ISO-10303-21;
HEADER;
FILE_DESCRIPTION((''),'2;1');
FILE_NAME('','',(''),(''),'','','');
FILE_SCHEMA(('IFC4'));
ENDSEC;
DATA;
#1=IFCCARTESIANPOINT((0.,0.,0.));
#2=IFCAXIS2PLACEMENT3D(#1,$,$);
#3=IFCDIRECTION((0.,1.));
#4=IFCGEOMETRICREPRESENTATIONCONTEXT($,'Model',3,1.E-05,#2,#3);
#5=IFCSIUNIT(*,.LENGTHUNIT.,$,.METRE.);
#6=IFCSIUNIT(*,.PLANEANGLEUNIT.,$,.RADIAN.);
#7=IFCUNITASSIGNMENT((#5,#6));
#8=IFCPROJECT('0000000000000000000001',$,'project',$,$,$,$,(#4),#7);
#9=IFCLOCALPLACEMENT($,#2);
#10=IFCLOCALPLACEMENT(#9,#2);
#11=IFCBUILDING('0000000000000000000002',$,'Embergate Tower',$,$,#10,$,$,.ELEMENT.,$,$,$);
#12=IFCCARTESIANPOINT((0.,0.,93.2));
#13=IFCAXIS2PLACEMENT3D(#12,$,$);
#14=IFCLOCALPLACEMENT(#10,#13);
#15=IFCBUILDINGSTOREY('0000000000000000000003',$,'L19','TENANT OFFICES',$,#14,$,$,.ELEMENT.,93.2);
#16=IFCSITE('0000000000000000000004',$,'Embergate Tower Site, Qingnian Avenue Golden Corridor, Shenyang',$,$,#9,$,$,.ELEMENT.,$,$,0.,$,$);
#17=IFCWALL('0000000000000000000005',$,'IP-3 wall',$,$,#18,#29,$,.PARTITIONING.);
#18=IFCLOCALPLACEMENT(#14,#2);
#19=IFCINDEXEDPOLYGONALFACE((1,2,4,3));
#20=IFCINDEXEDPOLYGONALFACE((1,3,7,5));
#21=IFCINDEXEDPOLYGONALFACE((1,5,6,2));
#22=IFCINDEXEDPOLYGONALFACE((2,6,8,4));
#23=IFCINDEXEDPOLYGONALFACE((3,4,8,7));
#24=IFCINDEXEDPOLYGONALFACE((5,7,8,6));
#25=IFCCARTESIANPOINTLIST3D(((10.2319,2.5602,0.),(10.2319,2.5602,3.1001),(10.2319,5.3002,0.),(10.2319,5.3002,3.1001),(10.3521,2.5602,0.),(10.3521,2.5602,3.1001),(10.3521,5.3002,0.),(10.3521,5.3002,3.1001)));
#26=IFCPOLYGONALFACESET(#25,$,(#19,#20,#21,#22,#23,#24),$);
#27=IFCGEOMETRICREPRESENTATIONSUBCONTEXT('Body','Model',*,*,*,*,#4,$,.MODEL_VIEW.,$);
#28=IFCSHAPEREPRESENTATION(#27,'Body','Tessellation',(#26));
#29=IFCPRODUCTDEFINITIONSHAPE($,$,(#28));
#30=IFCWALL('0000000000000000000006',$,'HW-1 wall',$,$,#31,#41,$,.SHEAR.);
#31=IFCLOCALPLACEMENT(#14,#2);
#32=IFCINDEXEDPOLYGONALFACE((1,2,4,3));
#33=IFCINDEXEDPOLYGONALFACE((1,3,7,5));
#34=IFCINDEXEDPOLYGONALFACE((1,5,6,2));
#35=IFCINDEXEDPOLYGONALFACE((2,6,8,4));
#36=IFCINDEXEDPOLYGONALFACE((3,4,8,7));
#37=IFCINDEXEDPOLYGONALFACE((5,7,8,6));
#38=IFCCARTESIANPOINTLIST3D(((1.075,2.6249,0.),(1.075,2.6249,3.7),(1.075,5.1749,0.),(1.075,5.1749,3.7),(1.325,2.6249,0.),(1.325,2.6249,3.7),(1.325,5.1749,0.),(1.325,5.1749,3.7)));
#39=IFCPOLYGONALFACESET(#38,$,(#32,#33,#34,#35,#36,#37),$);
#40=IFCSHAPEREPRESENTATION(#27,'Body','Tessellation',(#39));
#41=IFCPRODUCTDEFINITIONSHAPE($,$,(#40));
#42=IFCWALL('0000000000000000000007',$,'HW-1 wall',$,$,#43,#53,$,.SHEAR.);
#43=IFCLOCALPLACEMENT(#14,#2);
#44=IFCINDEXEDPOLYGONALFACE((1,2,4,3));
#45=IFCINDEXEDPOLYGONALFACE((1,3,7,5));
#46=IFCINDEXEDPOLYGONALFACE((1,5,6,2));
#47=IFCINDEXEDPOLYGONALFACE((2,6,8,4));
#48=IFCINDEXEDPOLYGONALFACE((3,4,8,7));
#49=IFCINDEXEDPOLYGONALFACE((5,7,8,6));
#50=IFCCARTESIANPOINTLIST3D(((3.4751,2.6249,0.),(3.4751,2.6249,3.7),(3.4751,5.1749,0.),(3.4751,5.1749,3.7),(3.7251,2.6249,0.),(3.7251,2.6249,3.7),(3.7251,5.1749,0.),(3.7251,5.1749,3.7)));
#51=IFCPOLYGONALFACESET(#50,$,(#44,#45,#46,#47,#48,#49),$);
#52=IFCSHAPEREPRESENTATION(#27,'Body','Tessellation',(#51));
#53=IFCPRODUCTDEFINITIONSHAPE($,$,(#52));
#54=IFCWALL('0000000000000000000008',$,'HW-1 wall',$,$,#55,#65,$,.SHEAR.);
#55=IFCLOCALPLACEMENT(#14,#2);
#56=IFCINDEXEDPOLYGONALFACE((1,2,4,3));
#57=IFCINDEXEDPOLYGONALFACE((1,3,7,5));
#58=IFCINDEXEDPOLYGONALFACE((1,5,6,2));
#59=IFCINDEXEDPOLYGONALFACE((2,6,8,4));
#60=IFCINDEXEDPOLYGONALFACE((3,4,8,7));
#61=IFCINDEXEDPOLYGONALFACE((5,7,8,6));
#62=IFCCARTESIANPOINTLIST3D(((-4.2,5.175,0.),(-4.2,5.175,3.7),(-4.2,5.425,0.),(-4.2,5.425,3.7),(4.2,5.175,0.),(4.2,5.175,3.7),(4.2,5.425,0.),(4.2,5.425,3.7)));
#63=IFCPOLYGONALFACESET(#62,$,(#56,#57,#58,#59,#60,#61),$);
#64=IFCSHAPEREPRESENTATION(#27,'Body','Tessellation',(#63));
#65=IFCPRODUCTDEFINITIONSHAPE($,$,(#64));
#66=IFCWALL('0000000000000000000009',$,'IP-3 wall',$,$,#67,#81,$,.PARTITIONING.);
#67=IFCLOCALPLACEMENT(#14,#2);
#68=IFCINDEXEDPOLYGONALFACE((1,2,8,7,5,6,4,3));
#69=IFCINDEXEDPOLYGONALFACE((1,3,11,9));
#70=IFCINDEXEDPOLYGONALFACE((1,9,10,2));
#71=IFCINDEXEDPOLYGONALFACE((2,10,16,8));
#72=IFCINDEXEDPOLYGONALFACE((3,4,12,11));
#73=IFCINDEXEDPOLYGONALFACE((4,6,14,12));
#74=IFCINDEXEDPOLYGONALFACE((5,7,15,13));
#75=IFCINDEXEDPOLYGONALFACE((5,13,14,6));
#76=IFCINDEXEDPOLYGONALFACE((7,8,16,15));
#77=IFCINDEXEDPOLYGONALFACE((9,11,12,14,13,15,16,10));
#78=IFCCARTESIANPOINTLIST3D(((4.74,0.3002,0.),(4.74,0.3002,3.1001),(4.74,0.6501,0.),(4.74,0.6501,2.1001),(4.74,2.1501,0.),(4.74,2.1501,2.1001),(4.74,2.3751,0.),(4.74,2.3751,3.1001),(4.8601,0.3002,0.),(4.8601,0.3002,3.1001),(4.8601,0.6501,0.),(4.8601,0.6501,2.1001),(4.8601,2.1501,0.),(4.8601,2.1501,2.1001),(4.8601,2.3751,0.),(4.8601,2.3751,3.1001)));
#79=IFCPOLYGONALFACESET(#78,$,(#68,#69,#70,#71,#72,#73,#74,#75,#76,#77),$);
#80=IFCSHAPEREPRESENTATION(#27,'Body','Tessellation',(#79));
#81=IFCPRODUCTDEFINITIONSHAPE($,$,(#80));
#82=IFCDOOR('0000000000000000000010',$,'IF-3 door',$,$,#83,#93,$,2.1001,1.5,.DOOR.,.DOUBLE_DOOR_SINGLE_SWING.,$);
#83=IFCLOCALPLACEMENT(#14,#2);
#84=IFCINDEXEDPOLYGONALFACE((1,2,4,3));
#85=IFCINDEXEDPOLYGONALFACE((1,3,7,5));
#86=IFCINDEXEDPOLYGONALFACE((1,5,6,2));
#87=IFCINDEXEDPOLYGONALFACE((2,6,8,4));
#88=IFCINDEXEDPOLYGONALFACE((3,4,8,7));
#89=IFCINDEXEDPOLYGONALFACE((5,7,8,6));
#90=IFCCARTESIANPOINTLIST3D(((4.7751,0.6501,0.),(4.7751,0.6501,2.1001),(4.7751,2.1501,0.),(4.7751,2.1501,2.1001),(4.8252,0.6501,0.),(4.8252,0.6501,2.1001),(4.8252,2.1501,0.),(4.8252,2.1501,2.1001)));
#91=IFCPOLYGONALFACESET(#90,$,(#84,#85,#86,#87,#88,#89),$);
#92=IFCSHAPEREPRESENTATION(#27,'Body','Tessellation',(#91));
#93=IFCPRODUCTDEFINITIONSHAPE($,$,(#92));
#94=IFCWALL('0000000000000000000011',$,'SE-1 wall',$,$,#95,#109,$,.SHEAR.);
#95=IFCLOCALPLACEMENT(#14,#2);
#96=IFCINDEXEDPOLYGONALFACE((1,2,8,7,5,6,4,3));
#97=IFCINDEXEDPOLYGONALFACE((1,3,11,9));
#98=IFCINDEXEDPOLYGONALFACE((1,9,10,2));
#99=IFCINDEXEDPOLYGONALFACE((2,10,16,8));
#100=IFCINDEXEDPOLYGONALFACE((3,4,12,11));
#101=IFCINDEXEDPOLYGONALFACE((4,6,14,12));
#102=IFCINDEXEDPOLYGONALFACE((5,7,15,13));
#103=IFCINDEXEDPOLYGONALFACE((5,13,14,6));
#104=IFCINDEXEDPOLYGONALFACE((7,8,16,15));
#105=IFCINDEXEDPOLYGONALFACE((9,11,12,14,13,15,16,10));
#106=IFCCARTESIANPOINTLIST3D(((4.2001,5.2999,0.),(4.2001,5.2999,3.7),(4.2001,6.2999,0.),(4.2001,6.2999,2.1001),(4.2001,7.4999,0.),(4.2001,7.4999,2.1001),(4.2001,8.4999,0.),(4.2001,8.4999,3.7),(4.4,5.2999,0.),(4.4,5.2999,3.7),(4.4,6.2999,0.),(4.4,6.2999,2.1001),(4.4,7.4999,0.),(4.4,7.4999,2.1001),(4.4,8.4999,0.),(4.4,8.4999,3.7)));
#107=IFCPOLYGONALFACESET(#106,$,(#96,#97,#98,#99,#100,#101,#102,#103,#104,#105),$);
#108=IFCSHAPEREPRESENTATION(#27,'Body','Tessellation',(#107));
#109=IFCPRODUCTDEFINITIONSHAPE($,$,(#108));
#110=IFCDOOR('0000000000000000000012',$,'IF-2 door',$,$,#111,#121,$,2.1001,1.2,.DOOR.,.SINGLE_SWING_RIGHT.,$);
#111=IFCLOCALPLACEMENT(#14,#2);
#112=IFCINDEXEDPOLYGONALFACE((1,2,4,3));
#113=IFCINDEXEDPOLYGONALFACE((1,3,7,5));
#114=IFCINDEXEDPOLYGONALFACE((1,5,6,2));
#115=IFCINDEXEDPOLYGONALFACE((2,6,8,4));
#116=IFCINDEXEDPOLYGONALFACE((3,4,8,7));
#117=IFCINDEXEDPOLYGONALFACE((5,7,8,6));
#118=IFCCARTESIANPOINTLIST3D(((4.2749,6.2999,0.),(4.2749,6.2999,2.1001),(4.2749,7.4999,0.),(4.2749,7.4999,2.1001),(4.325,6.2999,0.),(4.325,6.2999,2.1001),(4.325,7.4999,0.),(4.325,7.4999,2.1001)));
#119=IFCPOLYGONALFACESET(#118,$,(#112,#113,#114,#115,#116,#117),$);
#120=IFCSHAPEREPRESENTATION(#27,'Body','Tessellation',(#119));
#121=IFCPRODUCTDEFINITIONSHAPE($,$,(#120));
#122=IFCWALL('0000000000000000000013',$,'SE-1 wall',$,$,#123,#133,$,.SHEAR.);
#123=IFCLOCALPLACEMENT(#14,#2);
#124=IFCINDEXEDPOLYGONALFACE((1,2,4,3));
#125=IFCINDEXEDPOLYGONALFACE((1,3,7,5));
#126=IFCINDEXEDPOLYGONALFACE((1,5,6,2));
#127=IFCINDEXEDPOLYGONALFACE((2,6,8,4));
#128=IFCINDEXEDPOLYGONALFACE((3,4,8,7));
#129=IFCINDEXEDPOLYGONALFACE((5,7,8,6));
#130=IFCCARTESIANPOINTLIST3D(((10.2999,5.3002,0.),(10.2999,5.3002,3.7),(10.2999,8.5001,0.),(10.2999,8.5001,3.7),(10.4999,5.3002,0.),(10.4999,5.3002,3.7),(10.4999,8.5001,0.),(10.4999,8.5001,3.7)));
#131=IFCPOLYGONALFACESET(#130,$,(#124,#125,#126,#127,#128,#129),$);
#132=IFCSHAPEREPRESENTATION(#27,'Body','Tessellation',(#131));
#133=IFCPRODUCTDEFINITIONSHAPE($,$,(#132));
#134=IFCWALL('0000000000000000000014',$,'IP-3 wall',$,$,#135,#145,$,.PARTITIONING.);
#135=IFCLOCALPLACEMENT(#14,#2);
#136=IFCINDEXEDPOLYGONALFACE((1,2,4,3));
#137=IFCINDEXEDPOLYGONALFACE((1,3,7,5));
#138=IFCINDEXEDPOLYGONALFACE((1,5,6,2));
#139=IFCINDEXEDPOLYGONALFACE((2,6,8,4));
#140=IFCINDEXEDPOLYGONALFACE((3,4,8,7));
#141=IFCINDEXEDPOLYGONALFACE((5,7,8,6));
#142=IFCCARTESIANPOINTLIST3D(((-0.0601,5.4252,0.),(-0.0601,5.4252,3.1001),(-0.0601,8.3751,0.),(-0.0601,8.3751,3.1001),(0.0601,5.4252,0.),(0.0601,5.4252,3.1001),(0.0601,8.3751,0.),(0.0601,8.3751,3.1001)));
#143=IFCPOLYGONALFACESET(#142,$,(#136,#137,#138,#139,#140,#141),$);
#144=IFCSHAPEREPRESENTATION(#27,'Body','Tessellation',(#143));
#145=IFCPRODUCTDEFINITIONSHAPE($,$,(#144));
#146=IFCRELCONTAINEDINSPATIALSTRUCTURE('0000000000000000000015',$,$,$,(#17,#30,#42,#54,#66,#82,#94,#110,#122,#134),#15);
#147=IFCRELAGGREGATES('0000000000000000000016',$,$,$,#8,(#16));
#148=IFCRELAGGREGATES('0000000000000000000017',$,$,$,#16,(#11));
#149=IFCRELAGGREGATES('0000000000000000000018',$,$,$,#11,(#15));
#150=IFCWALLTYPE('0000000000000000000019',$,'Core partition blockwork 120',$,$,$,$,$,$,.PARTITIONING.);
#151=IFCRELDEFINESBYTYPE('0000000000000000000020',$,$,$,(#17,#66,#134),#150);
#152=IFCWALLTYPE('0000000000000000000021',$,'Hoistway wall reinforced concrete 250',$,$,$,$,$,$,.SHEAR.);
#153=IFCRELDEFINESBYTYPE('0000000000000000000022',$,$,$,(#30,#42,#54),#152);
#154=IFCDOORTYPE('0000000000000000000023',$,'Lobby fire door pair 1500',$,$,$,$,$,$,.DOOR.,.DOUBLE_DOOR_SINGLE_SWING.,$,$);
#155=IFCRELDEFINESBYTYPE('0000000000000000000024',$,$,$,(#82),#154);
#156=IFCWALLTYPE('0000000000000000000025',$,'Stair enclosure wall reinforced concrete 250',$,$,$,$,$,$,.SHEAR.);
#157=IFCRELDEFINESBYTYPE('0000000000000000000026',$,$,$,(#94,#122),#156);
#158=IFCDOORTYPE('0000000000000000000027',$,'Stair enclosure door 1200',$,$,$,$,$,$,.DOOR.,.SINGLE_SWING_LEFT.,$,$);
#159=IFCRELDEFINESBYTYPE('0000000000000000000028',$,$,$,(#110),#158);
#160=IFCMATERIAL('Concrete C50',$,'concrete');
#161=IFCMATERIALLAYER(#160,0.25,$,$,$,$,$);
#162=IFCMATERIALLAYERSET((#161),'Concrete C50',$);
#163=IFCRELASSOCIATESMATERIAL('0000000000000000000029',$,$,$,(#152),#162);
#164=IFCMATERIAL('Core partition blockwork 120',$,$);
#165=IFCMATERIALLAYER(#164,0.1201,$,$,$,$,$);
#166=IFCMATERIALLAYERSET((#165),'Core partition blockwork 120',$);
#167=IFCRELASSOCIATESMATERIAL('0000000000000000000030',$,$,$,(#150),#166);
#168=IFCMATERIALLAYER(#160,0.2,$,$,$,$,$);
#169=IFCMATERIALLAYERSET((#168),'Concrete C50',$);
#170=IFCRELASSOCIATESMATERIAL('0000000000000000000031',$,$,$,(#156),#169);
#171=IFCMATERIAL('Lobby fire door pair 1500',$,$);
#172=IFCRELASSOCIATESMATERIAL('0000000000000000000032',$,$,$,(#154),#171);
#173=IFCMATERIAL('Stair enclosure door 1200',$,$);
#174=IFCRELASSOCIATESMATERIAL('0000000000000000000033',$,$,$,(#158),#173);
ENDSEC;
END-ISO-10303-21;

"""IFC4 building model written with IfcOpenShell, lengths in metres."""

from ifc_helpers import new_model, si_unit, direction, frame, frame_2d, origin, place, context, subcontext, project, spatial, rectangle, extrude, source, transform, mapped, material, layer, layer_set, type_object, element, fill, save


model = new_model("IFC4")

# Units and contexts
model_context = context("Model", 3, precision=1e-05, world=origin(), true_north=direction((0.0, 1.0)))
body_context = subcontext(model_context, "Body", "Model", "MODEL_VIEW")
ifc_project = project(units=[si_unit("LENGTHUNIT", "METRE"), si_unit("PLANEANGLEUNIT", "RADIAN")], contexts=[model_context])

# Site, building, storey
site_placement = place(None, origin())
site = spatial("IfcSite", under=ifc_project, at=site_placement, Name="Embergate Tower Site, Qingnian Avenue Golden Corridor, Shenyang", CompositionType="ELEMENT", RefElevation=0.0)
building_placement = place(site_placement, origin())
building = spatial("IfcBuilding", under=site, at=building_placement, Name="Embergate Tower", CompositionType="ELEMENT")
storey_placement = place(building_placement, frame((0.0, 0.0, 93.2)))
storey = spatial("IfcBuildingStorey", under=building, at=storey_placement, Name="L19", Description="TENANT OFFICES", CompositionType="ELEMENT", Elevation=93.2)

# Shared definitions
ifc_material_1 = material(Name="Concrete C50", Category="concrete")
ifc_layer_1 = layer(ifc_material_1, 0.25)
ifc_layer_set_1 = layer_set([ifc_layer_1], Name="Concrete C50")
wall_type_1 = type_object("IfcWallType", Name="Hoistway wall reinforced concrete 250", PredefinedType="SHEAR", material=ifc_layer_set_1)

# Shared definitions
ifc_material_2 = material(Name="Core partition blockwork 120")
ifc_layer_2 = layer(ifc_material_2, 0.1201)
ifc_layer_set_2 = layer_set([ifc_layer_2], Name="Core partition blockwork 120")
wall_type_2 = type_object("IfcWallType", Name="Core partition blockwork 120", PredefinedType="PARTITIONING", material=ifc_layer_set_2)

# Walls
ifc_layer_3 = layer(ifc_material_1, 0.2)
ifc_layer_set_3 = layer_set([ifc_layer_3], Name="Concrete C50")
wall_type_3 = type_object("IfcWallType", Name="Stair enclosure wall reinforced concrete 250", PredefinedType="SHEAR", material=ifc_layer_set_3)
shared_shape_1 = source(origin(), body_context, "Body", "SweptSolid", [
    extrude(rectangle(XDim=2.74, YDim=0.1201, at=frame_2d((1.3701, 0.0))), origin(), (0.0, 0.0, 1.0), 3.1001),
])
for number, where, z_axis, x_axis, name in (
    (1, (10.292, 2.5601, 0.0), (0.0, 0.0, 1.0), (0.0, 1.0, 0.0), "IP-3 wall"),
):
    element("IfcWall", number, at=place(storey_placement, frame(where, z_axis=z_axis, x_axis=x_axis)), inside=storey, type_object=wall_type_2, Name=name, PredefinedType="PARTITIONING", context=body_context, shape_type="MappedRepresentation", body=[
        mapped(shared_shape_1, transform((0.0, 0.0, 0.0))),
    ])
shared_shape_2 = source(origin(), body_context, "Body", "SweptSolid", [
    extrude(rectangle(XDim=2.55, YDim=0.25, at=frame_2d((1.2749, 0.0))), origin(), (0.0, 0.0, 1.0), 3.7),
])
for number, where, z_axis, x_axis, name in (
    (2, (1.2, 2.625, 0.0), (0.0, 0.0, 1.0), (0.0, 1.0, 0.0), "HW-1 wall"),
    (3, (3.6001, 2.625, 0.0), (0.0, 0.0, 1.0), (0.0, 1.0, 0.0), "HW-1 wall"),
):
    element("IfcWall", number, at=place(storey_placement, frame(where, z_axis=z_axis, x_axis=x_axis)), inside=storey, type_object=wall_type_1, Name=name, PredefinedType="SHEAR", context=body_context, shape_type="MappedRepresentation", body=[
        mapped(shared_shape_2, transform((0.0, 0.0, 0.0))),
    ])
shared_shape_3 = source(origin(), body_context, "Body", "SweptSolid", [
    extrude(rectangle(XDim=8.3999, YDim=0.25, at=frame_2d((4.2, 0.0))), origin(), (0.0, 0.0, 1.0), 3.7),
])
wall_1_placement = place(storey_placement, frame((4.2, 5.3, 0.0), z_axis=(0.0, 0.0, 1.0), x_axis=(-1.0, 0.0, 0.0)))
element("IfcWall", 4, at=wall_1_placement, inside=storey, type_object=wall_type_1, Name="HW-1 wall", PredefinedType="SHEAR", context=body_context, shape_type="MappedRepresentation", body=[
    mapped(shared_shape_3, transform((0.0, 0.0, 0.0))),
])

# Walls, openings, doors
shared_shape_4 = source(origin(), body_context, "Body", "SweptSolid", [
    extrude(rectangle(XDim=2.075, YDim=0.1201, at=frame_2d((1.0376, 0.0))), origin(), (0.0, 0.0, 1.0), 3.1001),
])
wall_2_placement = place(storey_placement, frame((4.8, 0.3, 0.0), z_axis=(0.0, 0.0, 1.0), x_axis=(0.0, 1.0, 0.0)))
wall_2 = element("IfcWall", 5, at=wall_2_placement, inside=storey, type_object=wall_type_2, Name="IP-3 wall", PredefinedType="PARTITIONING", context=body_context, shape_type="MappedRepresentation", body=[
    mapped(shared_shape_4, transform((0.0, 0.0, 0.0))),
])
shared_shape_5 = source(origin(), body_context, "Body", "SweptSolid", [
    extrude(rectangle(XDim=1.5, YDim=2.1001, at=frame_2d((0.75, 1.05))), frame((0.0, 0.0701, 0.0), z_axis=(0.0, -1.0, 0.0), x_axis=(1.0, 0.0, 0.0)), (0.0, 0.0, 1.0), 0.1401),
])
opening_1_placement = place(wall_2_placement, frame((0.3501, 0.0, 0.0)))
opening_1 = element("IfcOpeningElement", 6, at=opening_1_placement, cuts=wall_2, PredefinedType="OPENING", context=body_context, shape_type="MappedRepresentation", body=[
    mapped(shared_shape_5, transform((0.0, 0.0, 0.0))),
])
ifc_material_3 = material(Name="Lobby fire door pair 1500")
door_type_1 = type_object("IfcDoorType", Name="Lobby fire door pair 1500", OperationType="DOUBLE_DOOR_SINGLE_SWING", PredefinedType="DOOR", material=ifc_material_3)
shared_shape_6 = source(origin(), body_context, "Body", "SweptSolid", [
    extrude(rectangle(XDim=1.5, YDim=2.1001, at=frame_2d((0.75, 1.05))), frame((0.0, 0.0249, 0.0), z_axis=(0.0, -1.0, 0.0), x_axis=(1.0, 0.0, 0.0)), (0.0, 0.0, 1.0), 0.05),
])
door_1_placement = place(opening_1_placement, origin())
door_1 = element("IfcDoor", 7, at=door_1_placement, inside=storey, type_object=door_type_1, Name="IF-3 door", OperationType="DOUBLE_DOOR_SINGLE_SWING", OverallHeight=2.1001, OverallWidth=1.5, PredefinedType="DOOR", context=body_context, shape_type="MappedRepresentation", body=[
    mapped(shared_shape_6, transform((0.0, 0.0, 0.0))),
])
fill(opening_1, door_1)
shared_shape_7 = source(origin(), body_context, "Body", "SweptSolid", [
    extrude(rectangle(XDim=3.2, YDim=0.2, at=frame_2d((1.6001, 0.0))), origin(), (0.0, 0.0, 1.0), 3.7),
])
wall_3_placement = place(storey_placement, frame((4.3, 8.5, 0.0), z_axis=(0.0, 0.0, 1.0), x_axis=(0.0, -1.0, 0.0)))
wall_3 = element("IfcWall", 8, at=wall_3_placement, inside=storey, type_object=wall_type_3, Name="SE-1 wall", PredefinedType="SHEAR", context=body_context, shape_type="MappedRepresentation", body=[
    mapped(shared_shape_7, transform((0.0, 0.0, 0.0))),
])
shared_shape_8 = source(origin(), body_context, "Body", "SweptSolid", [
    extrude(rectangle(XDim=1.2, YDim=2.1001, at=frame_2d((0.6001, 1.05))), frame((0.0, 0.1099, 0.0), z_axis=(0.0, -1.0, 0.0), x_axis=(1.0, 0.0, 0.0)), (0.0, 0.0, 1.0), 0.22),
])
opening_2_placement = place(wall_3_placement, frame((1.0, 0.0, 0.0)))
opening_2 = element("IfcOpeningElement", 9, at=opening_2_placement, cuts=wall_3, PredefinedType="OPENING", context=body_context, shape_type="MappedRepresentation", body=[
    mapped(shared_shape_8, transform((0.0, 0.0, 0.0))),
])
ifc_material_4 = material(Name="Stair enclosure door 1200")
door_type_2 = type_object("IfcDoorType", Name="Stair enclosure door 1200", OperationType="SINGLE_SWING_LEFT", PredefinedType="DOOR", material=ifc_material_4)
shared_shape_9 = source(origin(), body_context, "Body", "SweptSolid", [
    extrude(rectangle(XDim=1.2, YDim=2.1001, at=frame_2d((0.6001, 1.05))), frame((0.0, 0.0249, 0.0), z_axis=(0.0, -1.0, 0.0), x_axis=(1.0, 0.0, 0.0)), (0.0, 0.0, 1.0), 0.05),
])
door_2_placement = place(opening_2_placement, origin())
door_2 = element("IfcDoor", 10, at=door_2_placement, inside=storey, type_object=door_type_2, Name="IF-2 door", OperationType="SINGLE_SWING_RIGHT", OverallHeight=2.1001, OverallWidth=1.2, PredefinedType="DOOR", context=body_context, shape_type="MappedRepresentation", body=[
    mapped(shared_shape_9, transform((0.0, 0.0, 0.0))),
])
fill(opening_2, door_2)

# Walls
wall_4_placement = place(storey_placement, frame((10.3999, 5.3, 0.0), z_axis=(0.0, 0.0, 1.0), x_axis=(0.0, 1.0, 0.0)))
element("IfcWall", 11, at=wall_4_placement, inside=storey, type_object=wall_type_3, Name="SE-1 wall", PredefinedType="SHEAR", context=body_context, shape_type="MappedRepresentation", body=[
    mapped(shared_shape_7, transform((0.0, 0.0, 0.0))),
])
shared_shape_10 = source(origin(), body_context, "Body", "SweptSolid", [
    extrude(rectangle(XDim=2.95, YDim=0.1201, at=frame_2d((1.4751, 0.0))), origin(), (0.0, 0.0, 1.0), 3.1001),
])
wall_5_placement = place(storey_placement, frame((0.0, 5.425, 0.0), z_axis=(0.0, 0.0, 1.0), x_axis=(0.0, 1.0, 0.0)))
element("IfcWall", 12, at=wall_5_placement, inside=storey, type_object=wall_type_2, Name="IP-3 wall", PredefinedType="PARTITIONING", context=body_context, shape_type="MappedRepresentation", body=[
    mapped(shared_shape_10, transform((0.0, 0.0, 0.0))),
])

save(model, "model.ifc")
